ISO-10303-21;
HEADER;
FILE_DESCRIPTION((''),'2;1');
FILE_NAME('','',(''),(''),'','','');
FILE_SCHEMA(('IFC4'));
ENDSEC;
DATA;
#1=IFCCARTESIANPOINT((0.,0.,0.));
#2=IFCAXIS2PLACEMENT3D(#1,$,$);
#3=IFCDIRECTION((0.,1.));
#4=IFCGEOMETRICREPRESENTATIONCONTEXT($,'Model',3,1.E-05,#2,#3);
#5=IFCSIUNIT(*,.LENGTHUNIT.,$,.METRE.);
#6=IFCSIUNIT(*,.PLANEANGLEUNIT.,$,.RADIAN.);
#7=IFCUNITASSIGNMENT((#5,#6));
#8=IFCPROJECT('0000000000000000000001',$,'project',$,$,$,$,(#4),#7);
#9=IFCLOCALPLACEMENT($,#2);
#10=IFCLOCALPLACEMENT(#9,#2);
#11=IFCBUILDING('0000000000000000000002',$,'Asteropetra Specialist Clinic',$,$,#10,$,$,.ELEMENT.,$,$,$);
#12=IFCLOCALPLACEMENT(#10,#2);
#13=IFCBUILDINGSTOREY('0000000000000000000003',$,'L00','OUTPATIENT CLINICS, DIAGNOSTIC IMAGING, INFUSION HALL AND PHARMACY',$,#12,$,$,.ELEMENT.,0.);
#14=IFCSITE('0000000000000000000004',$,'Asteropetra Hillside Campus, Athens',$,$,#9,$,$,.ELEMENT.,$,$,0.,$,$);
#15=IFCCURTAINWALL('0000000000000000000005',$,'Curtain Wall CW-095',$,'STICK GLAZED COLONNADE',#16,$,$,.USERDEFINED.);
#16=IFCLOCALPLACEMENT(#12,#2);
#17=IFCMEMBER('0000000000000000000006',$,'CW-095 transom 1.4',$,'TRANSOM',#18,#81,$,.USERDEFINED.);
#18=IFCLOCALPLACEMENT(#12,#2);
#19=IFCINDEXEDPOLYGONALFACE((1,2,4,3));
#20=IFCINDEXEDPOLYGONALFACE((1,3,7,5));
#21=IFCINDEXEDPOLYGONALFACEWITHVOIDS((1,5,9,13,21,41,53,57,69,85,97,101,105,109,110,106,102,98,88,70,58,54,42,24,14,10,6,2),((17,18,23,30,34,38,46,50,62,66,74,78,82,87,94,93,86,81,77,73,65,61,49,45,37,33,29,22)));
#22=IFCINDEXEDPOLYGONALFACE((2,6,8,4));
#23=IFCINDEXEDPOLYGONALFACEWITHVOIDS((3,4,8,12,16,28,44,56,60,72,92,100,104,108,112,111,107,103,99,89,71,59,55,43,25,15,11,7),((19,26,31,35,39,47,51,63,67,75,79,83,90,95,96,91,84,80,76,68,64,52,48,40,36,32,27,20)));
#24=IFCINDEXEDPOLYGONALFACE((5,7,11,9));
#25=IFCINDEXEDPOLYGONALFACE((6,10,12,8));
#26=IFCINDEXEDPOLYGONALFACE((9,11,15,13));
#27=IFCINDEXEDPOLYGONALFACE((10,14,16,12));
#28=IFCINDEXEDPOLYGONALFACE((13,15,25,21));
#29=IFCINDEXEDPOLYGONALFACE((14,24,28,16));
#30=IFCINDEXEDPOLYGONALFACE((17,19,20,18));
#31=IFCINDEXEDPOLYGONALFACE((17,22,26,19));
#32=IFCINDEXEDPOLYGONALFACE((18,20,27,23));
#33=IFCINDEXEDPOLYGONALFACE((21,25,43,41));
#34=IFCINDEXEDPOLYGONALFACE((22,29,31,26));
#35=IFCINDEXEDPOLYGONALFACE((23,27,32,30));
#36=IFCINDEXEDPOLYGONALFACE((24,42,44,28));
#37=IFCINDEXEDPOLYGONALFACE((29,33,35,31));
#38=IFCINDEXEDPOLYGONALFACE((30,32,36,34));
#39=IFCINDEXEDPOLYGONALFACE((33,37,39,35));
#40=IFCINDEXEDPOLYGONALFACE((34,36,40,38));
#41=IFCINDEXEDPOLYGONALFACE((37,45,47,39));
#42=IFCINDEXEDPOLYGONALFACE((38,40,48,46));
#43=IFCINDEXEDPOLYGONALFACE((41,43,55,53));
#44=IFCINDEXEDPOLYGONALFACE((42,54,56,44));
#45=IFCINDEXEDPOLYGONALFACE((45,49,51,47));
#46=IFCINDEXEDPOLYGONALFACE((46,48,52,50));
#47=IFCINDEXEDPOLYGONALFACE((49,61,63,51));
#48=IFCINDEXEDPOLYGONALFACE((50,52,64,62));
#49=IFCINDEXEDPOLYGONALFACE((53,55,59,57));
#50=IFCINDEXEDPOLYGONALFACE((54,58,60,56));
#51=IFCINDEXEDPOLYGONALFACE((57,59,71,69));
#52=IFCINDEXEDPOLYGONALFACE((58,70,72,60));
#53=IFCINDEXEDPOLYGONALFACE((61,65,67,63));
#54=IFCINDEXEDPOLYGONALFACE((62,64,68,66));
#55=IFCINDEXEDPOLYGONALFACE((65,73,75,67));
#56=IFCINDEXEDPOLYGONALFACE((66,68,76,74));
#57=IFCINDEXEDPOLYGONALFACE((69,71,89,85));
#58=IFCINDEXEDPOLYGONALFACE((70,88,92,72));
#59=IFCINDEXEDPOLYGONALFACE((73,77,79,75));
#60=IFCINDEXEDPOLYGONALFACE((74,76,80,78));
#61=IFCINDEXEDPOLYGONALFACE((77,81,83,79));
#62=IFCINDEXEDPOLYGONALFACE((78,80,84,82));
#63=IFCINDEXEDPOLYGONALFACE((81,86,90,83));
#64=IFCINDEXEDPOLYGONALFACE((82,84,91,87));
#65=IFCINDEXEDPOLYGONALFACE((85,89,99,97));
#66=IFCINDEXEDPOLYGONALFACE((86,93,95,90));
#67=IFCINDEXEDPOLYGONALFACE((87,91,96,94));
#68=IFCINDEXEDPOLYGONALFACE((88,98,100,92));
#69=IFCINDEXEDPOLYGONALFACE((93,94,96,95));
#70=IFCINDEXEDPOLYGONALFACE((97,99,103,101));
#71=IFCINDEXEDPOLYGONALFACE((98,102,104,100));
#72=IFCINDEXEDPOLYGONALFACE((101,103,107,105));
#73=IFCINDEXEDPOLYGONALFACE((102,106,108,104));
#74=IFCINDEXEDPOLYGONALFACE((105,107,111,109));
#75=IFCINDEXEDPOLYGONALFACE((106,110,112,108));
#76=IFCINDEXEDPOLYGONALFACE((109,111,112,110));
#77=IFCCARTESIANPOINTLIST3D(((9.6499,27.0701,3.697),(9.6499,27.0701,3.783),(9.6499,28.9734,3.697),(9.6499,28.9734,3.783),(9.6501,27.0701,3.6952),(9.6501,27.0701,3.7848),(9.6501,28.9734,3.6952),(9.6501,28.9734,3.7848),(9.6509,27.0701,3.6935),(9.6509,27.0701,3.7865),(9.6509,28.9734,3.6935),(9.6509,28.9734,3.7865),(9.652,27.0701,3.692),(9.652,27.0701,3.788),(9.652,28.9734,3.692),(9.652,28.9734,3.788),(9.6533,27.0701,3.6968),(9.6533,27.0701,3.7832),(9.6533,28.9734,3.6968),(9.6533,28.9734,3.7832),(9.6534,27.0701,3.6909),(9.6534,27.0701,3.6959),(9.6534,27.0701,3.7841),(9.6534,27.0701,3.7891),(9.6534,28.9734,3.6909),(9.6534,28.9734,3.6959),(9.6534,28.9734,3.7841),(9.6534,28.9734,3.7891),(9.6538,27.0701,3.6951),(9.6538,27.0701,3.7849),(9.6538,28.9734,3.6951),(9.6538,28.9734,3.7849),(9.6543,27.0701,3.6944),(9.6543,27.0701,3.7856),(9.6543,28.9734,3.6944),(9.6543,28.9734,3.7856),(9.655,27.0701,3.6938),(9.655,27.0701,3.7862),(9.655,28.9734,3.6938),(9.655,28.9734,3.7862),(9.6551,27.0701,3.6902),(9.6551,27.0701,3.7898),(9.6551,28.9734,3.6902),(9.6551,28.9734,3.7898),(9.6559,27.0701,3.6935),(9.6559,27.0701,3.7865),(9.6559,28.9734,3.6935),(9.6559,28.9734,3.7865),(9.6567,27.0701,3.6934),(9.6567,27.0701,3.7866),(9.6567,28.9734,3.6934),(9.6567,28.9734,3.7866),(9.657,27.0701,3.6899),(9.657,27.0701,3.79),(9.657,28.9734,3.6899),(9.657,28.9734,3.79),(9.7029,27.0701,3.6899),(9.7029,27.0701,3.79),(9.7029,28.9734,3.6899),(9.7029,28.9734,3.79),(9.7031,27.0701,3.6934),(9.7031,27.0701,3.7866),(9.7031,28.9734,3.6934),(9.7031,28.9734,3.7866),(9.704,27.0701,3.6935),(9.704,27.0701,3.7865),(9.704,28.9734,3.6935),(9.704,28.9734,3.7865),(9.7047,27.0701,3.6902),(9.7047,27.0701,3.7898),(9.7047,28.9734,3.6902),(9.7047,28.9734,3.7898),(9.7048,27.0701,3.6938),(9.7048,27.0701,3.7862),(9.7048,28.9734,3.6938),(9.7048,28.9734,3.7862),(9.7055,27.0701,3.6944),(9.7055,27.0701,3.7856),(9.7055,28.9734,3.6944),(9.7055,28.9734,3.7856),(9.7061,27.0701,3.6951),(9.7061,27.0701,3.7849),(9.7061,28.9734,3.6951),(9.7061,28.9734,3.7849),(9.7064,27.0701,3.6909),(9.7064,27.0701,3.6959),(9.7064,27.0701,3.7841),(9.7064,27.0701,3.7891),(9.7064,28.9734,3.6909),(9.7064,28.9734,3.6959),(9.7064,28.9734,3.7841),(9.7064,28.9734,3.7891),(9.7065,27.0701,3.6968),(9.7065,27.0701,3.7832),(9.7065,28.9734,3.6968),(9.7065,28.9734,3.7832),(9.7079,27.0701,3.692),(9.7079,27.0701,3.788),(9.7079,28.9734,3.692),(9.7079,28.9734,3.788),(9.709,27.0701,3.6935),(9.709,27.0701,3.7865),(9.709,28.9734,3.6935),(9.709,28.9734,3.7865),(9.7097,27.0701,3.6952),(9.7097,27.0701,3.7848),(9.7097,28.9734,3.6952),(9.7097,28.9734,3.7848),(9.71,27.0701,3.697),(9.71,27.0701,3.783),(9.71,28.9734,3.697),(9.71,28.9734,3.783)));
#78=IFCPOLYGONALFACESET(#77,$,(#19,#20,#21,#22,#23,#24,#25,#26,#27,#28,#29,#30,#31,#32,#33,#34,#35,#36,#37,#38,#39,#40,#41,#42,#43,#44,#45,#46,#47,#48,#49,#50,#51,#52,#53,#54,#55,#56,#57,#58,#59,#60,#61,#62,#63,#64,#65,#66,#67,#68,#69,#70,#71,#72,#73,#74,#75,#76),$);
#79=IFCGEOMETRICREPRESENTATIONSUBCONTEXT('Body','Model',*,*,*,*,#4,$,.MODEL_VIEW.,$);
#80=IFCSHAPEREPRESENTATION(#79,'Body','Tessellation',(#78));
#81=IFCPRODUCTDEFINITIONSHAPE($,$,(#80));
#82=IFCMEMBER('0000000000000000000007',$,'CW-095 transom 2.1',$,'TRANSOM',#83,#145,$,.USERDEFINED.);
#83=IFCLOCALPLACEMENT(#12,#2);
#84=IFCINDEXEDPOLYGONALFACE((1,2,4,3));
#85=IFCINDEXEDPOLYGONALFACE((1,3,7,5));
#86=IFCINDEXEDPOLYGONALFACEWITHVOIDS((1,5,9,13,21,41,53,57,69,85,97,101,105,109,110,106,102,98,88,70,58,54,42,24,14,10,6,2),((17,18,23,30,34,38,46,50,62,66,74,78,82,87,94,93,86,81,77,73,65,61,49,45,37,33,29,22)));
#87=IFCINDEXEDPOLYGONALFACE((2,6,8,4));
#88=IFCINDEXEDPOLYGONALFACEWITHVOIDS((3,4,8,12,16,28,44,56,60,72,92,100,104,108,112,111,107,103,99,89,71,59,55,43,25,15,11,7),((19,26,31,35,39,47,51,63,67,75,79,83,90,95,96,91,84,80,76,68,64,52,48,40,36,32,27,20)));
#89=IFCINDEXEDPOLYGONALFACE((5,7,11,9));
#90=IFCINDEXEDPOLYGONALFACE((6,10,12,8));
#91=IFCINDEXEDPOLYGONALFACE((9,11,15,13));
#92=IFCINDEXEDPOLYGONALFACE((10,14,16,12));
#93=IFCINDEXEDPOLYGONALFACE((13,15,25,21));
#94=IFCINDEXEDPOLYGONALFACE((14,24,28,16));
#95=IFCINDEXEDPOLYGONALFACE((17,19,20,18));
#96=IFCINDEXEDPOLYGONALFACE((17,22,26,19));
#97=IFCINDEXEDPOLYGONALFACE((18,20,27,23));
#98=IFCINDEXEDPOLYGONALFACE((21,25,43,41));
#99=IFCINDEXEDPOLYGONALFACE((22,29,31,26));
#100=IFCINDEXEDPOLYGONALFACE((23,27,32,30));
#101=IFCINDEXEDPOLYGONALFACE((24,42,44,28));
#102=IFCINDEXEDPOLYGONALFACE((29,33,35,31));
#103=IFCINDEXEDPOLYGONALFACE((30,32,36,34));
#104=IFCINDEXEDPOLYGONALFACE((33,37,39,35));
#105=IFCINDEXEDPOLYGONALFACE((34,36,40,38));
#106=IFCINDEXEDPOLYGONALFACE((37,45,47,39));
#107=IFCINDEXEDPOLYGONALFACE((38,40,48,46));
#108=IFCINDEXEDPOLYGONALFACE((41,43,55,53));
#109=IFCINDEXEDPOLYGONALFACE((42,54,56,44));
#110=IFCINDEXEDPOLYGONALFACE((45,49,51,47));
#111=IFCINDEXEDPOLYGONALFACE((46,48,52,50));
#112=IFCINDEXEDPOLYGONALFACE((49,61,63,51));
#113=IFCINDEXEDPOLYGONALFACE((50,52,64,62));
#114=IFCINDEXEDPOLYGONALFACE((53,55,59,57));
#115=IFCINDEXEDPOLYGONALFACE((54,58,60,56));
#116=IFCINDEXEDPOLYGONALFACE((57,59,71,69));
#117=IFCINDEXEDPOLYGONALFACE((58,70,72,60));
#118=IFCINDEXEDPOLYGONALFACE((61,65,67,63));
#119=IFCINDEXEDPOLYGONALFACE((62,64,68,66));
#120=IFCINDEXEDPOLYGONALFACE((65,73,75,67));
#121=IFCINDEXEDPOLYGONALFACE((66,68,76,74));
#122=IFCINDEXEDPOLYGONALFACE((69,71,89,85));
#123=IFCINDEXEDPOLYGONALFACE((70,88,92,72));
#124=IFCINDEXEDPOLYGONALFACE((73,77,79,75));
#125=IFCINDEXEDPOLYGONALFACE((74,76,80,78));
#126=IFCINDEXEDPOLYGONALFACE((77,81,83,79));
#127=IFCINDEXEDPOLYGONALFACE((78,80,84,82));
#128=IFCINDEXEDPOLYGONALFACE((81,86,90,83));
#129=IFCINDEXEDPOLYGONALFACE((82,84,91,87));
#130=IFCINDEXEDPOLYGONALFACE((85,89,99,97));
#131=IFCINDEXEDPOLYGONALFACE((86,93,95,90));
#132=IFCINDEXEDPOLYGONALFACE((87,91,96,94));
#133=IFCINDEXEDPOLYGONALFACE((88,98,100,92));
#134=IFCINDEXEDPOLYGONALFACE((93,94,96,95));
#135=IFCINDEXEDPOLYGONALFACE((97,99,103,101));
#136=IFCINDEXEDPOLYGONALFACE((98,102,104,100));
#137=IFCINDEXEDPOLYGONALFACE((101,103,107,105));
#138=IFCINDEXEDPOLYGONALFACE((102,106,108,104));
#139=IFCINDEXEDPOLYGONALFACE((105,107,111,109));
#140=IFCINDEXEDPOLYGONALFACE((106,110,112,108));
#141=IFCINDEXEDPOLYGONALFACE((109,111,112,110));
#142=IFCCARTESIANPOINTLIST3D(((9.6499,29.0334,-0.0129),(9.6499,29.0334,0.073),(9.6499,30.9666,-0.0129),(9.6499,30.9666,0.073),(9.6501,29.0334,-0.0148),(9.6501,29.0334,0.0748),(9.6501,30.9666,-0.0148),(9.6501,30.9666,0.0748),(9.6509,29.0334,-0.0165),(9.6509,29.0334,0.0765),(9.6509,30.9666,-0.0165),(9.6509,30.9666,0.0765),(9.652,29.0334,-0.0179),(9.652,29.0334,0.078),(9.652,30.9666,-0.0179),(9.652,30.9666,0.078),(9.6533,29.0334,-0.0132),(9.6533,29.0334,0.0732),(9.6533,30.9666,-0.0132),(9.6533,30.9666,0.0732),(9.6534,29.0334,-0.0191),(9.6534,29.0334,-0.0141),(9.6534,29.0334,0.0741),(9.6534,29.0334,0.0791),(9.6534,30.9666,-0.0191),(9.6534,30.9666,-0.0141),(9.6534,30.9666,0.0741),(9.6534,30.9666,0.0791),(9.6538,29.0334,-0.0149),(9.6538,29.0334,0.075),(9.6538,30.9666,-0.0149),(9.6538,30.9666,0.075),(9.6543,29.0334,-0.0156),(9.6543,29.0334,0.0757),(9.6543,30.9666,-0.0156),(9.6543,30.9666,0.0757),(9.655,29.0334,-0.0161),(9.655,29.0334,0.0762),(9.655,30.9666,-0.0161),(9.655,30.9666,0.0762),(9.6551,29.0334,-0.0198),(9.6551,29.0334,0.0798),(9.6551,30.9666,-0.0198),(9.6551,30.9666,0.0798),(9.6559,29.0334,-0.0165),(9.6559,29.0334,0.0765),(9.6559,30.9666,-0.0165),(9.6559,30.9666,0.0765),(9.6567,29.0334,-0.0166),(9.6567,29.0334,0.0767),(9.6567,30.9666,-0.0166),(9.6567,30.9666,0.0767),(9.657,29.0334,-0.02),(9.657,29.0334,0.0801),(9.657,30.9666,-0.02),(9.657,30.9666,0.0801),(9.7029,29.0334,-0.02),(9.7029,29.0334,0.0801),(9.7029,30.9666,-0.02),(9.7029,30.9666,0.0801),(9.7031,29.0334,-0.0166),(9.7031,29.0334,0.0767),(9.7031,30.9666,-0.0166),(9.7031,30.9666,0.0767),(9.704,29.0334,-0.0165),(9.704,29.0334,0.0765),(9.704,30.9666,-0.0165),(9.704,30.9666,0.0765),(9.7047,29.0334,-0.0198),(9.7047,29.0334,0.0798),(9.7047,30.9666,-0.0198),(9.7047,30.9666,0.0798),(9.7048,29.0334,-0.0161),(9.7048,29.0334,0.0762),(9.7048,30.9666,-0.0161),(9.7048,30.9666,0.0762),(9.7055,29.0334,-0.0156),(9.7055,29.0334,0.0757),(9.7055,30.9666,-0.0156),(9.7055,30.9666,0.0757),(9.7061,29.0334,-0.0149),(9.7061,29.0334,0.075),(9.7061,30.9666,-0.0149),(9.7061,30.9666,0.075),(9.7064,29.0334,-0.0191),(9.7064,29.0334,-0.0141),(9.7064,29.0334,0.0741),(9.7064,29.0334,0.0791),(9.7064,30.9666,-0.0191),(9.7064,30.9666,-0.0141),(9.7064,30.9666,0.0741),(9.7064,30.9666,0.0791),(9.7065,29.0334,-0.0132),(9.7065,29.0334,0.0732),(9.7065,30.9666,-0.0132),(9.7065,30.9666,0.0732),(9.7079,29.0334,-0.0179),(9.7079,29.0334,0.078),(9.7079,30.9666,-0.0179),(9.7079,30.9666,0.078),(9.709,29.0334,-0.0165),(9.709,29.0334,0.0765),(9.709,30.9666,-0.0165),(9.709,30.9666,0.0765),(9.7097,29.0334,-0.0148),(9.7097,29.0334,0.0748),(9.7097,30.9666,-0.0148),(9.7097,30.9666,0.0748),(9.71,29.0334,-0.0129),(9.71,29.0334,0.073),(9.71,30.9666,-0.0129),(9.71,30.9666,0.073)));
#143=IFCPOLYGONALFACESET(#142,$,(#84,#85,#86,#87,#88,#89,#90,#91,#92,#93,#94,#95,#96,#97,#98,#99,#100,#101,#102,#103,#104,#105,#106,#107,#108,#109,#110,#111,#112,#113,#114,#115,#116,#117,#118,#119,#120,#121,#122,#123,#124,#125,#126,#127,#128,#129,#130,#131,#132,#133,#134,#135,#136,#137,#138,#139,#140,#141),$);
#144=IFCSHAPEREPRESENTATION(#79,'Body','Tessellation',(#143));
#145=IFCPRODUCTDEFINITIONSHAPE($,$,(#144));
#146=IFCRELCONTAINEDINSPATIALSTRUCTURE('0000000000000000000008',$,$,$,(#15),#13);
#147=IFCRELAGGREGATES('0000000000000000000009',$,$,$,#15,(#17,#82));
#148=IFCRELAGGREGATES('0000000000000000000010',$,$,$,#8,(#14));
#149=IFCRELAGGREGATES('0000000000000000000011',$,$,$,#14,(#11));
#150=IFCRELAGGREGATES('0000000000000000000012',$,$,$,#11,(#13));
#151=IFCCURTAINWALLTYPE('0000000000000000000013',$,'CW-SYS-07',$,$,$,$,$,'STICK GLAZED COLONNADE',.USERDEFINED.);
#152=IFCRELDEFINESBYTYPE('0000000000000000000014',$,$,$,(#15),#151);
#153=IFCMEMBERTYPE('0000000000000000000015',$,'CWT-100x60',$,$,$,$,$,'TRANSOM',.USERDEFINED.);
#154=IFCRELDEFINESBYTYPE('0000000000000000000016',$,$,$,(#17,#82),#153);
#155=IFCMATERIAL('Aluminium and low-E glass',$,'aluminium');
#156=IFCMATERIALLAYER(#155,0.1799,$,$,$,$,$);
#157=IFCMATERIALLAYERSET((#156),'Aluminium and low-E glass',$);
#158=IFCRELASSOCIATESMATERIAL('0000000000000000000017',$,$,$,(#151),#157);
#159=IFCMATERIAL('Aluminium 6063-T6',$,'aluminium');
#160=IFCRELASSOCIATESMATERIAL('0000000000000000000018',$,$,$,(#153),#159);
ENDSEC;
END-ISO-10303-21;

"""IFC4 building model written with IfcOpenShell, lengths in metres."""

from ifc_helpers import new_model, si_unit, direction, frame, origin, origin_2d, place, context, subcontext, project, spatial, hollow_rectangle, extrude, material, layer, layer_set, material_profile, profile_set, type_object, element, aggregate, save


model = new_model("IFC4")

# Units and contexts
model_context = context("Model", 3, precision=1e-05, world=origin(), true_north=direction((0.0, 1.0)))
body_context = subcontext(model_context, "Body", "Model", "MODEL_VIEW")
ifc_project = project(units=[si_unit("LENGTHUNIT", "METRE"), si_unit("PLANEANGLEUNIT", "RADIAN")], contexts=[model_context])

# Site, building, storey
site_placement = place(None, origin())
site = spatial("IfcSite", under=ifc_project, at=site_placement, Name="Asteropetra Hillside Campus, Athens", CompositionType="ELEMENT", RefElevation=0.0)
building_placement = place(site_placement, origin())
building = spatial("IfcBuilding", under=site, at=building_placement, Name="Asteropetra Specialist Clinic", CompositionType="ELEMENT")
storey_placement = place(building_placement, origin())
storey = spatial("IfcBuildingStorey", under=building, at=storey_placement, Name="L00", Description="OUTPATIENT CLINICS, DIAGNOSTIC IMAGING, INFUSION HALL AND PHARMACY", CompositionType="ELEMENT", Elevation=0.0)

# Curtain wall, members
ifc_material_1 = material(Name="Aluminium and low-E glass", Category="aluminium")
ifc_layer_1 = layer(ifc_material_1, 0.1799)
ifc_layer_set_1 = layer_set([ifc_layer_1], Name="Aluminium and low-E glass")
curtain_wall_type = type_object("IfcCurtainWallType", Name="CW-SYS-07", ElementType="STICK GLAZED COLONNADE", PredefinedType="USERDEFINED", material=ifc_layer_set_1)
curtain_wall_placement = place(storey_placement, origin())
curtain_wall = element("IfcCurtainWall", 1, at=curtain_wall_placement, inside=storey, type_object=curtain_wall_type, Name="Curtain Wall CW-095", ObjectType="STICK GLAZED COLONNADE", PredefinedType="USERDEFINED")
ifc_material_2 = material(Name="Aluminium 6063-T6", Category="aluminium")
ifc_material_profile_1 = material_profile(ifc_material_2, hollow_rectangle(XDim=0.0601, YDim=0.1001, WallThickness=0.0034, InnerFilletRadius=0.0034, OuterFilletRadius=0.0071, at=origin_2d()), Name="TRN 100x60x3.5")
ifc_profile_set_1 = profile_set([ifc_material_profile_1], Name="Aluminium 6063-T6")
member_type_1 = type_object("IfcMemberType", Name="CWT-100x60", ElementType="TRANSOM", PredefinedType="USERDEFINED", material=ifc_profile_set_1)
member_1_placement = place(storey_placement, frame((9.6799, 27.0701, 3.74), z_axis=(0.0, 1.0, 0.0), x_axis=(-1.0, 0.0, 0.0)))
member_1 = element("IfcMember", 2, at=member_1_placement, type_object=member_type_1, Name="CW-095 transom 1.4", ObjectType="TRANSOM", PredefinedType="USERDEFINED", context=body_context, shape_type="SweptSolid", body=[
    extrude(hollow_rectangle(XDim=0.0601, YDim=0.1001, WallThickness=0.0034, InnerFilletRadius=0.0034, OuterFilletRadius=0.0071, at=origin_2d()), origin(), (0.0, 0.0, 1.0), 1.9033),
])
member_2_placement = place(storey_placement, frame((9.6799, 29.0334, 0.03), z_axis=(0.0, 1.0, 0.0), x_axis=(-1.0, 0.0, 0.0)))
member_2 = element("IfcMember", 3, at=member_2_placement, type_object=member_type_1, Name="CW-095 transom 2.1", ObjectType="TRANSOM", PredefinedType="USERDEFINED", context=body_context, shape_type="SweptSolid", body=[
    extrude(hollow_rectangle(XDim=0.0601, YDim=0.1001, WallThickness=0.0034, InnerFilletRadius=0.0034, OuterFilletRadius=0.0071, at=origin_2d()), origin(), (0.0, 0.0, 1.0), 1.9331),
])

aggregate(curtain_wall, [member_1, member_2])

save(model, "model.ifc")
